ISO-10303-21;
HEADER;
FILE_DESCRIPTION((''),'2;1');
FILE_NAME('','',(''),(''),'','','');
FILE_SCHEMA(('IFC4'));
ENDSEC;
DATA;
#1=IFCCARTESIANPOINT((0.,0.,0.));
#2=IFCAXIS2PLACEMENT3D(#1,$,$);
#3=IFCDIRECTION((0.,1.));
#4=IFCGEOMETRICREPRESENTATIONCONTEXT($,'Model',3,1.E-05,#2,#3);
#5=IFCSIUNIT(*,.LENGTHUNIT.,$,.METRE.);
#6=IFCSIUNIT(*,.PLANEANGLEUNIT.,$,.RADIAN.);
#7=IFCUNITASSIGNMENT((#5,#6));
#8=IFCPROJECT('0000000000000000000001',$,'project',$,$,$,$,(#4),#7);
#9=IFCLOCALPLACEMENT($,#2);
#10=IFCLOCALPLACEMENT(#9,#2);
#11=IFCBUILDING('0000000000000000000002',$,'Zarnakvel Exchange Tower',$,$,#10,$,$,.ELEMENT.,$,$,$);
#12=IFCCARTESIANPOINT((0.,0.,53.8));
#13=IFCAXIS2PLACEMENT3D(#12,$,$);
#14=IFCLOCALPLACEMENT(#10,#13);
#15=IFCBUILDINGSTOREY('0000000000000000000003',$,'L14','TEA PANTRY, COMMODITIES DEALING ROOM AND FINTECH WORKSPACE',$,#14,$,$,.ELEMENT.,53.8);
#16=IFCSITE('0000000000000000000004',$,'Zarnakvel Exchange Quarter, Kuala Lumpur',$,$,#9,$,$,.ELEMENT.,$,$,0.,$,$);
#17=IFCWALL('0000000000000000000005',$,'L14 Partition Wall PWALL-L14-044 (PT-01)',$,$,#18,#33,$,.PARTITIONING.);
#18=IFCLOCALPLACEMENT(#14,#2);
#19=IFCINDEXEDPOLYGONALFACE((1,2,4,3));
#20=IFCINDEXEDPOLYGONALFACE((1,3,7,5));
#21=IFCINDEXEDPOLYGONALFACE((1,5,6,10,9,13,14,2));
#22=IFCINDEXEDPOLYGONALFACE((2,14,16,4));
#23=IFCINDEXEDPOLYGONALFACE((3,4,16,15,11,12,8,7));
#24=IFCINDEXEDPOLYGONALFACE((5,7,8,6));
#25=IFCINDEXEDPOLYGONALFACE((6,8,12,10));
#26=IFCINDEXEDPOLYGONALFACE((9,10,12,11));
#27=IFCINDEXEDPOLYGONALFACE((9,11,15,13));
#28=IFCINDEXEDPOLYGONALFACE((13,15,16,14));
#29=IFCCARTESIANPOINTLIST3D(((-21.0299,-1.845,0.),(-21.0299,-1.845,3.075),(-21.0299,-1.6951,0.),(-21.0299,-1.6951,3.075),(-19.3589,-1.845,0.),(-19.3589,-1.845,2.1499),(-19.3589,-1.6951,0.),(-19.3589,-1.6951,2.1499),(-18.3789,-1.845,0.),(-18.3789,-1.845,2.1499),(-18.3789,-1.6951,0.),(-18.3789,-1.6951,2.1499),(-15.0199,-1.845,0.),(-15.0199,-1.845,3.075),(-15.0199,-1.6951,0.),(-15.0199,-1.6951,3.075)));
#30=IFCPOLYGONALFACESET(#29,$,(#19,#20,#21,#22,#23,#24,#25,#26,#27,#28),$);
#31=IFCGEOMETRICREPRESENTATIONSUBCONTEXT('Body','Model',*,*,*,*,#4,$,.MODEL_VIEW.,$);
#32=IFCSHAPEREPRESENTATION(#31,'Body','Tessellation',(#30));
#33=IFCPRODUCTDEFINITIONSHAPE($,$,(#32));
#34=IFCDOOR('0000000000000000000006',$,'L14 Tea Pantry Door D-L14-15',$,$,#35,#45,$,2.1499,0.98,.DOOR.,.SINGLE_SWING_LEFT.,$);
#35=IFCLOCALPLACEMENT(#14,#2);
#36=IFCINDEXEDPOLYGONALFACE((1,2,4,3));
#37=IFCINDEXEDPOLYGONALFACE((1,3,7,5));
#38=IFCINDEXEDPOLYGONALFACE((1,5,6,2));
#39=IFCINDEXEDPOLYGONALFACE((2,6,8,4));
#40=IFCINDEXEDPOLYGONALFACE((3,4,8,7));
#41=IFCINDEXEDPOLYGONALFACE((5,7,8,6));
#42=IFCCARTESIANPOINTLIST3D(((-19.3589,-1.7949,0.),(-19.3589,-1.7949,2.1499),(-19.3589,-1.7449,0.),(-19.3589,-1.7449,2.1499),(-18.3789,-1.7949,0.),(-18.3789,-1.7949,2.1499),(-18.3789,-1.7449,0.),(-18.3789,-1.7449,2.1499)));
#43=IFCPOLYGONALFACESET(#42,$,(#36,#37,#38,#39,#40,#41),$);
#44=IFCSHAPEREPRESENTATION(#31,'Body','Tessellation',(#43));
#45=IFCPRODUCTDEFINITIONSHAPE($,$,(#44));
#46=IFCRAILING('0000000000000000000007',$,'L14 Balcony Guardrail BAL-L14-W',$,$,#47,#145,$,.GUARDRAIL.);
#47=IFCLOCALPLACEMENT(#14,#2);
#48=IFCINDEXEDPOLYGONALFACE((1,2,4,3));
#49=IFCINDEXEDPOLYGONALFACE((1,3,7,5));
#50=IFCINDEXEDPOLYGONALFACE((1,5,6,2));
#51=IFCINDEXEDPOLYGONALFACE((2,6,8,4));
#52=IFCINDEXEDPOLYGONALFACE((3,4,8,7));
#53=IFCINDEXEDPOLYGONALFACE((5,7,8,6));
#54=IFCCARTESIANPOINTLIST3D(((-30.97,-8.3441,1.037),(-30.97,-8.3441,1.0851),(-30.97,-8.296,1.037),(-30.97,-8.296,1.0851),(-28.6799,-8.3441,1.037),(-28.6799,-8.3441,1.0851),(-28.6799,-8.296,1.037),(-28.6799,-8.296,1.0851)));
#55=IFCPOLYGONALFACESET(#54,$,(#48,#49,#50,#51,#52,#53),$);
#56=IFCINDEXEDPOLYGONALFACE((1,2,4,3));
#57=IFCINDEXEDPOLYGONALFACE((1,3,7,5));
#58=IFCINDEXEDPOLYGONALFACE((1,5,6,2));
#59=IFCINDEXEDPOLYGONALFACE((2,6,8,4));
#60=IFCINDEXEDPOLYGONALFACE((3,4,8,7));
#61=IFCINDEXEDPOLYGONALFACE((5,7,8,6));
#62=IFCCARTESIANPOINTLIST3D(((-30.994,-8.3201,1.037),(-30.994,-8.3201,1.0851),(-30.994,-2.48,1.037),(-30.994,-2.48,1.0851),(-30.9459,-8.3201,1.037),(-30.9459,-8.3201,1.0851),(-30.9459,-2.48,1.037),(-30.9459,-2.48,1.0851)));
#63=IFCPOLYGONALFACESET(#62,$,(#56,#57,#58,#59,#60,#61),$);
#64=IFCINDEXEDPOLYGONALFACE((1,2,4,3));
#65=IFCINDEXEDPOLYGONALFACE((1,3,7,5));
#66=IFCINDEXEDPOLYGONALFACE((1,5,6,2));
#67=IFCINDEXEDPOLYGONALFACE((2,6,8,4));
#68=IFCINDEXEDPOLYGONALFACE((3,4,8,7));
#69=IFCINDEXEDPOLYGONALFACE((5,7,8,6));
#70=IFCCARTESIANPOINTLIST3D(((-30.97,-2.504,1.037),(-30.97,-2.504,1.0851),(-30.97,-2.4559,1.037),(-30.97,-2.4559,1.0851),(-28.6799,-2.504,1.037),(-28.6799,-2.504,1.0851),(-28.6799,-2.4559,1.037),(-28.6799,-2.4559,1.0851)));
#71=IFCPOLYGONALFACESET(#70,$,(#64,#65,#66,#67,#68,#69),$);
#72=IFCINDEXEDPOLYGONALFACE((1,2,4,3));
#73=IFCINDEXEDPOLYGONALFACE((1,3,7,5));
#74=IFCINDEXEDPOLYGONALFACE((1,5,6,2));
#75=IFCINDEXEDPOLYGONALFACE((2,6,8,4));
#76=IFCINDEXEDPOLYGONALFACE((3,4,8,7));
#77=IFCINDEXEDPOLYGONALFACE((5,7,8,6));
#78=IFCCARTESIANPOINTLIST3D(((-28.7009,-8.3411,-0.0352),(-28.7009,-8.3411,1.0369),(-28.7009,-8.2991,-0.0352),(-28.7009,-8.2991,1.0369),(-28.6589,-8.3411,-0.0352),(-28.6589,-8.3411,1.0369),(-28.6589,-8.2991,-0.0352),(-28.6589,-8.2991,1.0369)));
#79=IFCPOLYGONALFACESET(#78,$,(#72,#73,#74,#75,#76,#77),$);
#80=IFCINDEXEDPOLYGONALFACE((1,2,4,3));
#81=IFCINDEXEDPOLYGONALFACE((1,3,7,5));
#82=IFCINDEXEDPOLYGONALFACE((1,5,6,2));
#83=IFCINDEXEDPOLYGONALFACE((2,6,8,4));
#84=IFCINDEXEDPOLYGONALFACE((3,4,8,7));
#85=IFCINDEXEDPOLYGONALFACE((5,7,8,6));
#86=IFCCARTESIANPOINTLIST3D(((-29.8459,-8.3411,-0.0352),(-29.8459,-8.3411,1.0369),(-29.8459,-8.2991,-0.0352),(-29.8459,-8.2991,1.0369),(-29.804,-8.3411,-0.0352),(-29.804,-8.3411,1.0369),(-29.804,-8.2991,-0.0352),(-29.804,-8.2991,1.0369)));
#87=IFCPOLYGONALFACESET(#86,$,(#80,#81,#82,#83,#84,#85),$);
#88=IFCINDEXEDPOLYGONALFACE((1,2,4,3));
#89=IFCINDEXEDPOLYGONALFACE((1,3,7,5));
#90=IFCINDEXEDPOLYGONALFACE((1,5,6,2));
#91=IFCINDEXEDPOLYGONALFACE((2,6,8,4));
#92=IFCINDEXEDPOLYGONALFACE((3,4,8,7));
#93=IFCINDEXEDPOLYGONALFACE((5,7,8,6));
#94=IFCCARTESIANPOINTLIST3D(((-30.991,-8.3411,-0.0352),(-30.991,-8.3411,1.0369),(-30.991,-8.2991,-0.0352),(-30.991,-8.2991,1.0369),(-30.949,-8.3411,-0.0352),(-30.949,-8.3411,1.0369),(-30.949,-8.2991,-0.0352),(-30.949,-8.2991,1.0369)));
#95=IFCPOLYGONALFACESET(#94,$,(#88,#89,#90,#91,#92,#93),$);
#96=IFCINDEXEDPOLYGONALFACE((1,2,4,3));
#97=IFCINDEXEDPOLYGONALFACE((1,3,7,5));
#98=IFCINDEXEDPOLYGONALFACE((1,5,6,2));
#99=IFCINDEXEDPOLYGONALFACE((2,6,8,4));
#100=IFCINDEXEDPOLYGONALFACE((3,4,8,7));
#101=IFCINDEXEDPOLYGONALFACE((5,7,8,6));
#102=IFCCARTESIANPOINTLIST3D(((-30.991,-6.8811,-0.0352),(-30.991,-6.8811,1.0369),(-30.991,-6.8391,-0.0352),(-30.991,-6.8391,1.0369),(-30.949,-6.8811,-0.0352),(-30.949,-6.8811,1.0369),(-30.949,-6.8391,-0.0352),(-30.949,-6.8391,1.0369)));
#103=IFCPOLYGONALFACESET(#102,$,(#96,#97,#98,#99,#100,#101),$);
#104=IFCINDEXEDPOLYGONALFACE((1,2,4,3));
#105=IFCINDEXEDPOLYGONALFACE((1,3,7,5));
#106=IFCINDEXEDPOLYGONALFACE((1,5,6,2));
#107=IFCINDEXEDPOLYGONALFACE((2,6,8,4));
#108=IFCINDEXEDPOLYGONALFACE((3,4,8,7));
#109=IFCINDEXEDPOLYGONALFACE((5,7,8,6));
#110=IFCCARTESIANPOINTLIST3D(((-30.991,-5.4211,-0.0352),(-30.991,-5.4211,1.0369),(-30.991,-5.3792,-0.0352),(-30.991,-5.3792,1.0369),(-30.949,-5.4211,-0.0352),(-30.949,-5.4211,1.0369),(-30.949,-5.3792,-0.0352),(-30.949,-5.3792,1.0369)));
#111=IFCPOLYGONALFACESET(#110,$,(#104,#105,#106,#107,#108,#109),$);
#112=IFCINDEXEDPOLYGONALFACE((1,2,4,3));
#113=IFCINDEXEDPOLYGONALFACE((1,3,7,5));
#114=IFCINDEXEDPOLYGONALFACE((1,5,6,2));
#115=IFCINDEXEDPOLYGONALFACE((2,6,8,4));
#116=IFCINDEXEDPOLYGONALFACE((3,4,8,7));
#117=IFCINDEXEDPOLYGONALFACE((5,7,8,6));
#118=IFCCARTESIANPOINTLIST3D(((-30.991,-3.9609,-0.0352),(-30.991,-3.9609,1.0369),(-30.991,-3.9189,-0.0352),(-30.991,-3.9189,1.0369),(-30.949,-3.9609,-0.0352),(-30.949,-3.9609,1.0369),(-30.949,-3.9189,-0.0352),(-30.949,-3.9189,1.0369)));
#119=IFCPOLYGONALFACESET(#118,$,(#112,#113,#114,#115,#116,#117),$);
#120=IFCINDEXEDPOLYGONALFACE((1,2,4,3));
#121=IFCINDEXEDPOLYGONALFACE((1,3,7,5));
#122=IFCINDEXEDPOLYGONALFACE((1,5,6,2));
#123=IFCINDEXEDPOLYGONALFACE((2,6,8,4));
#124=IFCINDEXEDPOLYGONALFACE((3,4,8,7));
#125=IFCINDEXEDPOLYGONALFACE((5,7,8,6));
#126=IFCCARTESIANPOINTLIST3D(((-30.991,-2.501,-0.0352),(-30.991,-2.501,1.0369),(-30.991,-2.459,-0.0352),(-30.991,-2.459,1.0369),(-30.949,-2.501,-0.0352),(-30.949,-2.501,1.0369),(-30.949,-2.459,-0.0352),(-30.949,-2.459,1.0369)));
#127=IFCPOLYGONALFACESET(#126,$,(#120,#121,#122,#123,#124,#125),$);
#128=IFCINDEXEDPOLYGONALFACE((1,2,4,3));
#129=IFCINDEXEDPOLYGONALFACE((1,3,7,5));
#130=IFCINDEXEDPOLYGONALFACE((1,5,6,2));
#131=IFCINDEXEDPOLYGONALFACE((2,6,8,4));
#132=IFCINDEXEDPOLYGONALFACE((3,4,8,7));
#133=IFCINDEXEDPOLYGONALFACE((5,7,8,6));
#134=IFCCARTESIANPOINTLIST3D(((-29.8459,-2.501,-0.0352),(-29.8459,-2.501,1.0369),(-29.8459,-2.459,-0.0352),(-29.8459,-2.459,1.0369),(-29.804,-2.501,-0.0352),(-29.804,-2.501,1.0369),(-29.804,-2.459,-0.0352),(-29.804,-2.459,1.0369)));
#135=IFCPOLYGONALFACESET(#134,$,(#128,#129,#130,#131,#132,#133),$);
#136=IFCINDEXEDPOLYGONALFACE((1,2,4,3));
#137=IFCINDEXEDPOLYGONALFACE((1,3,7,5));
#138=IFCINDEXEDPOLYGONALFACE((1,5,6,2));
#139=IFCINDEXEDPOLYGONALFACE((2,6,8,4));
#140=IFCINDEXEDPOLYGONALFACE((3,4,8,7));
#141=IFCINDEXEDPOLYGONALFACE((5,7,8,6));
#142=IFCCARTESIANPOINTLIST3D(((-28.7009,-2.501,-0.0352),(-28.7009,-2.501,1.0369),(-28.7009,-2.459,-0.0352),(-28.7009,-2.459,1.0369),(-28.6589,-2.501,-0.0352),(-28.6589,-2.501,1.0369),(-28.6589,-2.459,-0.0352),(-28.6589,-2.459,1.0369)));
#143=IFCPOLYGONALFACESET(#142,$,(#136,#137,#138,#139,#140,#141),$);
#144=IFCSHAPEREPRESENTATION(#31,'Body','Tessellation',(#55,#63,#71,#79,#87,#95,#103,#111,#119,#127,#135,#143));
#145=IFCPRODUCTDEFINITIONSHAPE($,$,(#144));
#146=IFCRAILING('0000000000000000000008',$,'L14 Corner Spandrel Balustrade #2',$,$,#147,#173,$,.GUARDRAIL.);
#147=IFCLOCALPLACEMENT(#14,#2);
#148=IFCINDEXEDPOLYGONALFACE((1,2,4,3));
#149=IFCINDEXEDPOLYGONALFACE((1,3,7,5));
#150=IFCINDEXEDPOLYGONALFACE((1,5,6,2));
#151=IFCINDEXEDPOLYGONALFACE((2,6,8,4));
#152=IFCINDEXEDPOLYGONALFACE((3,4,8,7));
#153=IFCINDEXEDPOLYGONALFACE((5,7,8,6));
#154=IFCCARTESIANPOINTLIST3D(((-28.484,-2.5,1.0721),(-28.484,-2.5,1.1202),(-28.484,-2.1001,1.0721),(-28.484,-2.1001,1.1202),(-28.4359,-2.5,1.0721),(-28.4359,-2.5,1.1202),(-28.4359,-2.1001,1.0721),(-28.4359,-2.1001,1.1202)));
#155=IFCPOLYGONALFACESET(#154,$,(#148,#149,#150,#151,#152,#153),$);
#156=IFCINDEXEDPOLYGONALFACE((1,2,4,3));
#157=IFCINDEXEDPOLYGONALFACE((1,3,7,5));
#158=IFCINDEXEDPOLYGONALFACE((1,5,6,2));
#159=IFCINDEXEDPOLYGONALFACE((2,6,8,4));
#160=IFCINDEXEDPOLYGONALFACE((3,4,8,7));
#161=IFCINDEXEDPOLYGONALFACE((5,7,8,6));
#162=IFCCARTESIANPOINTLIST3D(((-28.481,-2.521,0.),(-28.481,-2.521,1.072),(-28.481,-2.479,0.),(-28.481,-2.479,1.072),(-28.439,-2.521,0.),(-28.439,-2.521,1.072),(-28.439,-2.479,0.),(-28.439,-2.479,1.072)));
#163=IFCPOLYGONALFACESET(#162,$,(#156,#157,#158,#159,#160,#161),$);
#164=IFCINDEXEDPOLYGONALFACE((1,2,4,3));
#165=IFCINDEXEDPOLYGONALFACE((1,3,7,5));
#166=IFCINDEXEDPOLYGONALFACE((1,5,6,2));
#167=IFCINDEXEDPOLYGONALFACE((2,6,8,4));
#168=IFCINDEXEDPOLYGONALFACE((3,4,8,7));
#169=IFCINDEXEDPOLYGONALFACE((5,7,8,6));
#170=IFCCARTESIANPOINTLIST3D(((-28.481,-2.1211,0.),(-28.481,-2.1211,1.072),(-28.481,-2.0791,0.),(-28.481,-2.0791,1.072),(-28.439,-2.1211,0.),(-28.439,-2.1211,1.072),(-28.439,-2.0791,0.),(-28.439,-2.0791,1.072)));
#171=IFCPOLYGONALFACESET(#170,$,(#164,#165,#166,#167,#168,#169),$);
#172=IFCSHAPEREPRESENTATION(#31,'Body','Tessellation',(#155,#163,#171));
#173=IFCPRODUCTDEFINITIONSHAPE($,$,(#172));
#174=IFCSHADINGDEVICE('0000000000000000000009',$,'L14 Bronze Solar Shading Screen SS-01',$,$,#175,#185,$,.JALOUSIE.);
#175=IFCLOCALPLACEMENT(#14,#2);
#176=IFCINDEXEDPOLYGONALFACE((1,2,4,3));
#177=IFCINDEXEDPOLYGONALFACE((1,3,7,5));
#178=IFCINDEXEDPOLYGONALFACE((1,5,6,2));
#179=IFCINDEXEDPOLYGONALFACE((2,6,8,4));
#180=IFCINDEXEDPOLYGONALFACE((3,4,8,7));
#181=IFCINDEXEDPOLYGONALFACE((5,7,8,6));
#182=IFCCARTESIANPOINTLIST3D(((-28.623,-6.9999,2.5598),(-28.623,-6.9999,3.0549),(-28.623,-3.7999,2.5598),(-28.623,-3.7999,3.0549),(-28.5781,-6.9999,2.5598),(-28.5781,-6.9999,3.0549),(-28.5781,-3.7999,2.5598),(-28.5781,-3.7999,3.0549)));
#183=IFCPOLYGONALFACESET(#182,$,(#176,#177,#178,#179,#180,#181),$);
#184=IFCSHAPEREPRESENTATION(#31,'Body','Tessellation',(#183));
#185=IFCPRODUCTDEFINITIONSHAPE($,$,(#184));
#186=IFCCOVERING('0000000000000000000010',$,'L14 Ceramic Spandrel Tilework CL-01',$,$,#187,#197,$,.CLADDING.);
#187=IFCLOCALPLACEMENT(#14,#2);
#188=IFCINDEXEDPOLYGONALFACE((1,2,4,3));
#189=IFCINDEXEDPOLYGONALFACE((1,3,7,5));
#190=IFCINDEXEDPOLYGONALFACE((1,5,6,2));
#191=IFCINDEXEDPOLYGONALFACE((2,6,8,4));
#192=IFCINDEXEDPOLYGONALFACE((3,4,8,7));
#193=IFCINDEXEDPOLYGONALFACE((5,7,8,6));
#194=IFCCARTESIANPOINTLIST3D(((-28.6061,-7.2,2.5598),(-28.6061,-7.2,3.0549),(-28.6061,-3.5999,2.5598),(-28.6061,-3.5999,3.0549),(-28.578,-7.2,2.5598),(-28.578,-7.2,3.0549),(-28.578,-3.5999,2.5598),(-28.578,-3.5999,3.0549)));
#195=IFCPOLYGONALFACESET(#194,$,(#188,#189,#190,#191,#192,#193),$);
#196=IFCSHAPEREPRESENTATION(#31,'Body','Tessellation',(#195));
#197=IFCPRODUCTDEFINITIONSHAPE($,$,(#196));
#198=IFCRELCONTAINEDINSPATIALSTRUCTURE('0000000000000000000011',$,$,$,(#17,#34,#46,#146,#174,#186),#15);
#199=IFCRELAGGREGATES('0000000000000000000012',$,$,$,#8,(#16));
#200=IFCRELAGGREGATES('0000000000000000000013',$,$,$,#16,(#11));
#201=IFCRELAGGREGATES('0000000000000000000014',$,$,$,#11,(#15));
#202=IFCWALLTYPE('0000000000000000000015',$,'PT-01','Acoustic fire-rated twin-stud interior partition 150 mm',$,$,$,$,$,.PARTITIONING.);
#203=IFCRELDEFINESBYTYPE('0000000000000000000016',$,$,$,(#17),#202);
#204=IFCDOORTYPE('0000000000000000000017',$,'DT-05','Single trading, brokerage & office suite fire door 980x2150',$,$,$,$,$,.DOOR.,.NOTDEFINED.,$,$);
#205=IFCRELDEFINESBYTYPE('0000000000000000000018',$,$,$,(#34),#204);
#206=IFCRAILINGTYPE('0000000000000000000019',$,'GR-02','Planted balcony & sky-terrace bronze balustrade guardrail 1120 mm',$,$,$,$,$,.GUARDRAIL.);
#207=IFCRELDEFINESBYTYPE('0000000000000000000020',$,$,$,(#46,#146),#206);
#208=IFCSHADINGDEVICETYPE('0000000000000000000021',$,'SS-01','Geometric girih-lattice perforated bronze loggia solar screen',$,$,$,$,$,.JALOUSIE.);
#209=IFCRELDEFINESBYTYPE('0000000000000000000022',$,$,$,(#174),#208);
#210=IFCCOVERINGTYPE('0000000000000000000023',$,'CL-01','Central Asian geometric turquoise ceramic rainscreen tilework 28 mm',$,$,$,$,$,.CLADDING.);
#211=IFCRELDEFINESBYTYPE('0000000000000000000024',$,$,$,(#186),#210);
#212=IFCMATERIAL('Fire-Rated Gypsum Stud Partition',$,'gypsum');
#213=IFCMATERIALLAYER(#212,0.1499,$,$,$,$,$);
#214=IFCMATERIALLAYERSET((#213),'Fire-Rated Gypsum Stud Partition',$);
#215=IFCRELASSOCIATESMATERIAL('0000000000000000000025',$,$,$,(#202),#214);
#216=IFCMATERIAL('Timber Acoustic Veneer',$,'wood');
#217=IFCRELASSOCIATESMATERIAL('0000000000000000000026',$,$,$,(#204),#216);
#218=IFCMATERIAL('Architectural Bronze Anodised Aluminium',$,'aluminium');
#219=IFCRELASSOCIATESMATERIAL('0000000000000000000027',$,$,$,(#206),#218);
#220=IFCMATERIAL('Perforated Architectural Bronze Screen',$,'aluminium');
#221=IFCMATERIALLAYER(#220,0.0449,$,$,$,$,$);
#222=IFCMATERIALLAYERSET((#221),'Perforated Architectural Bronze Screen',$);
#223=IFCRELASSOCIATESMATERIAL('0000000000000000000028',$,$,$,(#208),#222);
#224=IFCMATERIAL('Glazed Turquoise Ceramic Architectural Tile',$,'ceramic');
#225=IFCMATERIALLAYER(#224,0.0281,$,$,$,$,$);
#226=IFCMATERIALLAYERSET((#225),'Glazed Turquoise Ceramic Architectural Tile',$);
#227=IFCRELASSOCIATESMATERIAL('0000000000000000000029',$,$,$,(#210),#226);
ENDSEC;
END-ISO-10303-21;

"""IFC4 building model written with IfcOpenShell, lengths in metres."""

from ifc_helpers import new_model, si_unit, direction, frame, frame_2d, origin, origin_2d, place, context, subcontext, project, spatial, rectangle, extrude, source, transform, mapped, material, layer, layer_set, type_object, element, fill, save


model = new_model("IFC4")

# Units and contexts
model_context = context("Model", 3, precision=1e-05, world=origin(), true_north=direction((0.0, 1.0)))
body_context = subcontext(model_context, "Body", "Model", "MODEL_VIEW")
ifc_project = project(units=[si_unit("LENGTHUNIT", "METRE"), si_unit("PLANEANGLEUNIT", "RADIAN")], contexts=[model_context])

# Site, building, storey
site_placement = place(None, origin())
site = spatial("IfcSite", under=ifc_project, at=site_placement, Name="Zarnakvel Exchange Quarter, Kuala Lumpur", CompositionType="ELEMENT", RefElevation=0.0)
building_placement = place(site_placement, origin())
building = spatial("IfcBuilding", under=site, at=building_placement, Name="Zarnakvel Exchange Tower", CompositionType="ELEMENT")
storey_placement = place(building_placement, frame((0.0, 0.0, 53.8)))
storey = spatial("IfcBuildingStorey", under=building, at=storey_placement, Name="L14", Description="TEA PANTRY, COMMODITIES DEALING ROOM AND FINTECH WORKSPACE", CompositionType="ELEMENT", Elevation=53.8)

# Shared definitions
ifc_material_1 = material(Name="Architectural Bronze Anodised Aluminium", Category="aluminium")

# Shared definitions
ifc_material_2 = material(Name="Fire-Rated Gypsum Stud Partition", Category="gypsum")
ifc_layer_1 = layer(ifc_material_2, 0.1499)
ifc_layer_set_1 = layer_set([ifc_layer_1], Name="Fire-Rated Gypsum Stud Partition")
wall_type_1 = type_object("IfcWallType", Name="PT-01", Description="Acoustic fire-rated twin-stud interior partition 150 mm", PredefinedType="PARTITIONING", material=ifc_layer_set_1)
ifc_material_3 = material(Name="Timber Acoustic Veneer", Category="wood")
door_type_1 = type_object("IfcDoorType", Name="DT-05", Description="Single trading, brokerage & office suite fire door 980x2150", OperationType="NOTDEFINED", PredefinedType="DOOR", material=ifc_material_3)
shared_shape_1 = source(origin(), body_context, "Body", "SweptSolid", [
    extrude(rectangle(XDim=0.98, YDim=2.1499, at=frame_2d((0.49, 1.075))), frame((0.0, 0.0249, 0.0), z_axis=(0.0, -1.0, 0.0), x_axis=(1.0, 0.0, 0.0)), (0.0, 0.0, 1.0), 0.05),
])

# Wall, opening, door
wall_1_placement = place(storey_placement, frame((-15.02, -1.77, 0.0), z_axis=(0.0, 0.0, 1.0), x_axis=(-1.0, 0.0, 0.0)))
wall_1 = element("IfcWall", 1, at=wall_1_placement, inside=storey, type_object=wall_type_1, Name="L14 Partition Wall PWALL-L14-044 (PT-01)", PredefinedType="PARTITIONING", context=body_context, shape_type="SweptSolid", body=[
    extrude(rectangle(XDim=6.01, YDim=0.1499, at=frame_2d((3.0049, 0.0))), origin(), (0.0, 0.0, 1.0), 3.075),
])
opening_1_placement = place(wall_1_placement, frame((3.3589, 0.0, 0.0)))
opening_1 = element("IfcOpeningElement", 2, at=opening_1_placement, cuts=wall_1, PredefinedType="OPENING", context=body_context, shape_type="SweptSolid", body=[
    extrude(rectangle(XDim=0.98, YDim=2.1499, at=frame_2d((0.49, 1.075))), frame((0.0, 0.085, 0.0), z_axis=(0.0, -1.0, 0.0), x_axis=(1.0, 0.0, 0.0)), (0.0, 0.0, 1.0), 0.1699),
])
door_1_placement = place(opening_1_placement, origin())
door_1 = element("IfcDoor", 3, at=door_1_placement, inside=storey, type_object=door_type_1, Name="L14 Tea Pantry Door D-L14-15", OperationType="SINGLE_SWING_LEFT", OverallHeight=2.1499, OverallWidth=0.98, PredefinedType="DOOR", context=body_context, shape_type="MappedRepresentation", body=[
    mapped(shared_shape_1, transform((0.0, 0.0, 0.0), x_axis=(1.0, 0.0, 0.0), y_axis=(0.0, 1.0, 0.0), z_axis=(0.0, 0.0, 1.0), scale=1.0)),
])
fill(opening_1, door_1)

# Railings
railing_type = type_object("IfcRailingType", Name="GR-02", Description="Planted balcony & sky-terrace bronze balustrade guardrail 1120 mm", PredefinedType="GUARDRAIL", material=ifc_material_1)
railing_1_placement = place(storey_placement, frame((-28.6799, -8.3201, -0.0352)))
element("IfcRailing", 4, at=railing_1_placement, inside=storey, type_object=railing_type, Name="L14 Balcony Guardrail BAL-L14-W", PredefinedType="GUARDRAIL", context=body_context, shape_type="SweptSolid", body=[
    extrude(rectangle(XDim=0.0481, YDim=0.0481, at=origin_2d()), frame((0.0, 0.0, 1.0962), z_axis=(-1.0, 0.0, 0.0), x_axis=(0.0, -1.0, 0.0)), (0.0, 0.0, 1.0), 2.29),
    extrude(rectangle(XDim=0.0481, YDim=0.0481, at=origin_2d()), frame((-2.29, 0.0, 1.0962), z_axis=(0.0, 1.0, 0.0), x_axis=(-1.0, 0.0, 0.0)), (0.0, 0.0, 1.0), 5.8401),
    extrude(rectangle(XDim=0.0481, YDim=0.0481, at=origin_2d()), frame((-2.29, 5.8401, 1.0962), z_axis=(1.0, 0.0, 0.0), x_axis=(0.0, 1.0, 0.0)), (0.0, 0.0, 1.0), 2.29),
    extrude(rectangle(XDim=0.042, YDim=0.042, at=origin_2d()), origin(), (0.0, 0.0, 1.0), 1.072),
    extrude(rectangle(XDim=0.042, YDim=0.042, at=origin_2d()), frame((-1.145, 0.0, 0.0)), (0.0, 0.0, 1.0), 1.072),
    extrude(rectangle(XDim=0.042, YDim=0.042, at=origin_2d()), frame((-2.29, 0.0, 0.0)), (0.0, 0.0, 1.0), 1.072),
    extrude(rectangle(XDim=0.042, YDim=0.042, at=origin_2d()), frame((-2.29, 1.46, 0.0)), (0.0, 0.0, 1.0), 1.072),
    extrude(rectangle(XDim=0.042, YDim=0.042, at=origin_2d()), frame((-2.29, 2.9199, 0.0)), (0.0, 0.0, 1.0), 1.072),
    extrude(rectangle(XDim=0.042, YDim=0.042, at=origin_2d()), frame((-2.29, 4.3801, 0.0)), (0.0, 0.0, 1.0), 1.072),
    extrude(rectangle(XDim=0.042, YDim=0.042, at=origin_2d()), frame((-2.29, 5.8401, 0.0)), (0.0, 0.0, 1.0), 1.072),
    extrude(rectangle(XDim=0.042, YDim=0.042, at=origin_2d()), frame((-1.145, 5.8401, 0.0)), (0.0, 0.0, 1.0), 1.072),
    extrude(rectangle(XDim=0.042, YDim=0.042, at=origin_2d()), frame((0.0, 5.8401, 0.0)), (0.0, 0.0, 1.0), 1.072),
])
railing_2_placement = place(storey_placement, frame((-28.46, -2.5, 0.0)))
element("IfcRailing", 5, at=railing_2_placement, inside=storey, type_object=railing_type, Name="L14 Corner Spandrel Balustrade #2", PredefinedType="GUARDRAIL", context=body_context, shape_type="SweptSolid", body=[
    extrude(rectangle(XDim=0.0481, YDim=0.0481, at=origin_2d()), frame((0.0, 0.0, 1.0962), z_axis=(0.0, 1.0, 0.0), x_axis=(-1.0, 0.0, 0.0)), (0.0, 0.0, 1.0), 0.3999),
    extrude(rectangle(XDim=0.042, YDim=0.042, at=origin_2d()), origin(), (0.0, 0.0, 1.0), 1.072),
    extrude(rectangle(XDim=0.042, YDim=0.042, at=origin_2d()), frame((0.0, 0.3999, 0.0)), (0.0, 0.0, 1.0), 1.072),
])

# Shading device
ifc_material_4 = material(Name="Perforated Architectural Bronze Screen", Category="aluminium")
ifc_layer_2 = layer(ifc_material_4, 0.0449)
ifc_layer_set_2 = layer_set([ifc_layer_2], Name="Perforated Architectural Bronze Screen")
shading_device_type = type_object("IfcShadingDeviceType", Name="SS-01", Description="Geometric girih-lattice perforated bronze loggia solar screen", PredefinedType="JALOUSIE", material=ifc_layer_set_2)
shared_shape_2 = source(origin(), body_context, "Body", "SweptSolid", [
    extrude(rectangle(XDim=3.2, YDim=0.0449, at=origin_2d()), origin(), (0.0, 0.0, 1.0), 0.4951),
])
shading_device_placement = place(storey_placement, frame((-28.6006, -5.3999, 2.5598), z_axis=(0.0, 0.0, 1.0), x_axis=(0.0, 1.0, 0.0)))
element("IfcShadingDevice", 6, at=shading_device_placement, inside=storey, type_object=shading_device_type, Name="L14 Bronze Solar Shading Screen SS-01", PredefinedType="JALOUSIE", context=body_context, shape_type="MappedRepresentation", body=[
    mapped(shared_shape_2, transform((0.0, 0.0, 0.0), x_axis=(1.0, 0.0, 0.0), y_axis=(0.0, 1.0, 0.0), z_axis=(0.0, 0.0, 1.0), scale=1.0)),
])

# Covering
ifc_material_5 = material(Name="Glazed Turquoise Ceramic Architectural Tile", Category="ceramic")
ifc_layer_3 = layer(ifc_material_5, 0.0281)
ifc_layer_set_3 = layer_set([ifc_layer_3], Name="Glazed Turquoise Ceramic Architectural Tile")
covering_type = type_object("IfcCoveringType", Name="CL-01", Description="Central Asian geometric turquoise ceramic rainscreen tilework 28 mm", PredefinedType="CLADDING", material=ifc_layer_set_3)
shared_shape_3 = source(origin(), body_context, "Body", "SweptSolid", [
    extrude(rectangle(XDim=3.6001, YDim=0.0281, at=origin_2d()), origin(), (0.0, 0.0, 1.0), 0.4951),
])
covering_placement = place(storey_placement, frame((-28.592, -5.3999, 2.5598), z_axis=(0.0, 0.0, 1.0), x_axis=(0.0, 1.0, 0.0)))
element("IfcCovering", 7, at=covering_placement, inside=storey, type_object=covering_type, Name="L14 Ceramic Spandrel Tilework CL-01", PredefinedType="CLADDING", context=body_context, shape_type="MappedRepresentation", body=[
    mapped(shared_shape_3, transform((0.0, 0.0, 0.0), x_axis=(1.0, 0.0, 0.0), y_axis=(0.0, 1.0, 0.0), z_axis=(0.0, 0.0, 1.0), scale=1.0)),
])

save(model, "model.ifc")
